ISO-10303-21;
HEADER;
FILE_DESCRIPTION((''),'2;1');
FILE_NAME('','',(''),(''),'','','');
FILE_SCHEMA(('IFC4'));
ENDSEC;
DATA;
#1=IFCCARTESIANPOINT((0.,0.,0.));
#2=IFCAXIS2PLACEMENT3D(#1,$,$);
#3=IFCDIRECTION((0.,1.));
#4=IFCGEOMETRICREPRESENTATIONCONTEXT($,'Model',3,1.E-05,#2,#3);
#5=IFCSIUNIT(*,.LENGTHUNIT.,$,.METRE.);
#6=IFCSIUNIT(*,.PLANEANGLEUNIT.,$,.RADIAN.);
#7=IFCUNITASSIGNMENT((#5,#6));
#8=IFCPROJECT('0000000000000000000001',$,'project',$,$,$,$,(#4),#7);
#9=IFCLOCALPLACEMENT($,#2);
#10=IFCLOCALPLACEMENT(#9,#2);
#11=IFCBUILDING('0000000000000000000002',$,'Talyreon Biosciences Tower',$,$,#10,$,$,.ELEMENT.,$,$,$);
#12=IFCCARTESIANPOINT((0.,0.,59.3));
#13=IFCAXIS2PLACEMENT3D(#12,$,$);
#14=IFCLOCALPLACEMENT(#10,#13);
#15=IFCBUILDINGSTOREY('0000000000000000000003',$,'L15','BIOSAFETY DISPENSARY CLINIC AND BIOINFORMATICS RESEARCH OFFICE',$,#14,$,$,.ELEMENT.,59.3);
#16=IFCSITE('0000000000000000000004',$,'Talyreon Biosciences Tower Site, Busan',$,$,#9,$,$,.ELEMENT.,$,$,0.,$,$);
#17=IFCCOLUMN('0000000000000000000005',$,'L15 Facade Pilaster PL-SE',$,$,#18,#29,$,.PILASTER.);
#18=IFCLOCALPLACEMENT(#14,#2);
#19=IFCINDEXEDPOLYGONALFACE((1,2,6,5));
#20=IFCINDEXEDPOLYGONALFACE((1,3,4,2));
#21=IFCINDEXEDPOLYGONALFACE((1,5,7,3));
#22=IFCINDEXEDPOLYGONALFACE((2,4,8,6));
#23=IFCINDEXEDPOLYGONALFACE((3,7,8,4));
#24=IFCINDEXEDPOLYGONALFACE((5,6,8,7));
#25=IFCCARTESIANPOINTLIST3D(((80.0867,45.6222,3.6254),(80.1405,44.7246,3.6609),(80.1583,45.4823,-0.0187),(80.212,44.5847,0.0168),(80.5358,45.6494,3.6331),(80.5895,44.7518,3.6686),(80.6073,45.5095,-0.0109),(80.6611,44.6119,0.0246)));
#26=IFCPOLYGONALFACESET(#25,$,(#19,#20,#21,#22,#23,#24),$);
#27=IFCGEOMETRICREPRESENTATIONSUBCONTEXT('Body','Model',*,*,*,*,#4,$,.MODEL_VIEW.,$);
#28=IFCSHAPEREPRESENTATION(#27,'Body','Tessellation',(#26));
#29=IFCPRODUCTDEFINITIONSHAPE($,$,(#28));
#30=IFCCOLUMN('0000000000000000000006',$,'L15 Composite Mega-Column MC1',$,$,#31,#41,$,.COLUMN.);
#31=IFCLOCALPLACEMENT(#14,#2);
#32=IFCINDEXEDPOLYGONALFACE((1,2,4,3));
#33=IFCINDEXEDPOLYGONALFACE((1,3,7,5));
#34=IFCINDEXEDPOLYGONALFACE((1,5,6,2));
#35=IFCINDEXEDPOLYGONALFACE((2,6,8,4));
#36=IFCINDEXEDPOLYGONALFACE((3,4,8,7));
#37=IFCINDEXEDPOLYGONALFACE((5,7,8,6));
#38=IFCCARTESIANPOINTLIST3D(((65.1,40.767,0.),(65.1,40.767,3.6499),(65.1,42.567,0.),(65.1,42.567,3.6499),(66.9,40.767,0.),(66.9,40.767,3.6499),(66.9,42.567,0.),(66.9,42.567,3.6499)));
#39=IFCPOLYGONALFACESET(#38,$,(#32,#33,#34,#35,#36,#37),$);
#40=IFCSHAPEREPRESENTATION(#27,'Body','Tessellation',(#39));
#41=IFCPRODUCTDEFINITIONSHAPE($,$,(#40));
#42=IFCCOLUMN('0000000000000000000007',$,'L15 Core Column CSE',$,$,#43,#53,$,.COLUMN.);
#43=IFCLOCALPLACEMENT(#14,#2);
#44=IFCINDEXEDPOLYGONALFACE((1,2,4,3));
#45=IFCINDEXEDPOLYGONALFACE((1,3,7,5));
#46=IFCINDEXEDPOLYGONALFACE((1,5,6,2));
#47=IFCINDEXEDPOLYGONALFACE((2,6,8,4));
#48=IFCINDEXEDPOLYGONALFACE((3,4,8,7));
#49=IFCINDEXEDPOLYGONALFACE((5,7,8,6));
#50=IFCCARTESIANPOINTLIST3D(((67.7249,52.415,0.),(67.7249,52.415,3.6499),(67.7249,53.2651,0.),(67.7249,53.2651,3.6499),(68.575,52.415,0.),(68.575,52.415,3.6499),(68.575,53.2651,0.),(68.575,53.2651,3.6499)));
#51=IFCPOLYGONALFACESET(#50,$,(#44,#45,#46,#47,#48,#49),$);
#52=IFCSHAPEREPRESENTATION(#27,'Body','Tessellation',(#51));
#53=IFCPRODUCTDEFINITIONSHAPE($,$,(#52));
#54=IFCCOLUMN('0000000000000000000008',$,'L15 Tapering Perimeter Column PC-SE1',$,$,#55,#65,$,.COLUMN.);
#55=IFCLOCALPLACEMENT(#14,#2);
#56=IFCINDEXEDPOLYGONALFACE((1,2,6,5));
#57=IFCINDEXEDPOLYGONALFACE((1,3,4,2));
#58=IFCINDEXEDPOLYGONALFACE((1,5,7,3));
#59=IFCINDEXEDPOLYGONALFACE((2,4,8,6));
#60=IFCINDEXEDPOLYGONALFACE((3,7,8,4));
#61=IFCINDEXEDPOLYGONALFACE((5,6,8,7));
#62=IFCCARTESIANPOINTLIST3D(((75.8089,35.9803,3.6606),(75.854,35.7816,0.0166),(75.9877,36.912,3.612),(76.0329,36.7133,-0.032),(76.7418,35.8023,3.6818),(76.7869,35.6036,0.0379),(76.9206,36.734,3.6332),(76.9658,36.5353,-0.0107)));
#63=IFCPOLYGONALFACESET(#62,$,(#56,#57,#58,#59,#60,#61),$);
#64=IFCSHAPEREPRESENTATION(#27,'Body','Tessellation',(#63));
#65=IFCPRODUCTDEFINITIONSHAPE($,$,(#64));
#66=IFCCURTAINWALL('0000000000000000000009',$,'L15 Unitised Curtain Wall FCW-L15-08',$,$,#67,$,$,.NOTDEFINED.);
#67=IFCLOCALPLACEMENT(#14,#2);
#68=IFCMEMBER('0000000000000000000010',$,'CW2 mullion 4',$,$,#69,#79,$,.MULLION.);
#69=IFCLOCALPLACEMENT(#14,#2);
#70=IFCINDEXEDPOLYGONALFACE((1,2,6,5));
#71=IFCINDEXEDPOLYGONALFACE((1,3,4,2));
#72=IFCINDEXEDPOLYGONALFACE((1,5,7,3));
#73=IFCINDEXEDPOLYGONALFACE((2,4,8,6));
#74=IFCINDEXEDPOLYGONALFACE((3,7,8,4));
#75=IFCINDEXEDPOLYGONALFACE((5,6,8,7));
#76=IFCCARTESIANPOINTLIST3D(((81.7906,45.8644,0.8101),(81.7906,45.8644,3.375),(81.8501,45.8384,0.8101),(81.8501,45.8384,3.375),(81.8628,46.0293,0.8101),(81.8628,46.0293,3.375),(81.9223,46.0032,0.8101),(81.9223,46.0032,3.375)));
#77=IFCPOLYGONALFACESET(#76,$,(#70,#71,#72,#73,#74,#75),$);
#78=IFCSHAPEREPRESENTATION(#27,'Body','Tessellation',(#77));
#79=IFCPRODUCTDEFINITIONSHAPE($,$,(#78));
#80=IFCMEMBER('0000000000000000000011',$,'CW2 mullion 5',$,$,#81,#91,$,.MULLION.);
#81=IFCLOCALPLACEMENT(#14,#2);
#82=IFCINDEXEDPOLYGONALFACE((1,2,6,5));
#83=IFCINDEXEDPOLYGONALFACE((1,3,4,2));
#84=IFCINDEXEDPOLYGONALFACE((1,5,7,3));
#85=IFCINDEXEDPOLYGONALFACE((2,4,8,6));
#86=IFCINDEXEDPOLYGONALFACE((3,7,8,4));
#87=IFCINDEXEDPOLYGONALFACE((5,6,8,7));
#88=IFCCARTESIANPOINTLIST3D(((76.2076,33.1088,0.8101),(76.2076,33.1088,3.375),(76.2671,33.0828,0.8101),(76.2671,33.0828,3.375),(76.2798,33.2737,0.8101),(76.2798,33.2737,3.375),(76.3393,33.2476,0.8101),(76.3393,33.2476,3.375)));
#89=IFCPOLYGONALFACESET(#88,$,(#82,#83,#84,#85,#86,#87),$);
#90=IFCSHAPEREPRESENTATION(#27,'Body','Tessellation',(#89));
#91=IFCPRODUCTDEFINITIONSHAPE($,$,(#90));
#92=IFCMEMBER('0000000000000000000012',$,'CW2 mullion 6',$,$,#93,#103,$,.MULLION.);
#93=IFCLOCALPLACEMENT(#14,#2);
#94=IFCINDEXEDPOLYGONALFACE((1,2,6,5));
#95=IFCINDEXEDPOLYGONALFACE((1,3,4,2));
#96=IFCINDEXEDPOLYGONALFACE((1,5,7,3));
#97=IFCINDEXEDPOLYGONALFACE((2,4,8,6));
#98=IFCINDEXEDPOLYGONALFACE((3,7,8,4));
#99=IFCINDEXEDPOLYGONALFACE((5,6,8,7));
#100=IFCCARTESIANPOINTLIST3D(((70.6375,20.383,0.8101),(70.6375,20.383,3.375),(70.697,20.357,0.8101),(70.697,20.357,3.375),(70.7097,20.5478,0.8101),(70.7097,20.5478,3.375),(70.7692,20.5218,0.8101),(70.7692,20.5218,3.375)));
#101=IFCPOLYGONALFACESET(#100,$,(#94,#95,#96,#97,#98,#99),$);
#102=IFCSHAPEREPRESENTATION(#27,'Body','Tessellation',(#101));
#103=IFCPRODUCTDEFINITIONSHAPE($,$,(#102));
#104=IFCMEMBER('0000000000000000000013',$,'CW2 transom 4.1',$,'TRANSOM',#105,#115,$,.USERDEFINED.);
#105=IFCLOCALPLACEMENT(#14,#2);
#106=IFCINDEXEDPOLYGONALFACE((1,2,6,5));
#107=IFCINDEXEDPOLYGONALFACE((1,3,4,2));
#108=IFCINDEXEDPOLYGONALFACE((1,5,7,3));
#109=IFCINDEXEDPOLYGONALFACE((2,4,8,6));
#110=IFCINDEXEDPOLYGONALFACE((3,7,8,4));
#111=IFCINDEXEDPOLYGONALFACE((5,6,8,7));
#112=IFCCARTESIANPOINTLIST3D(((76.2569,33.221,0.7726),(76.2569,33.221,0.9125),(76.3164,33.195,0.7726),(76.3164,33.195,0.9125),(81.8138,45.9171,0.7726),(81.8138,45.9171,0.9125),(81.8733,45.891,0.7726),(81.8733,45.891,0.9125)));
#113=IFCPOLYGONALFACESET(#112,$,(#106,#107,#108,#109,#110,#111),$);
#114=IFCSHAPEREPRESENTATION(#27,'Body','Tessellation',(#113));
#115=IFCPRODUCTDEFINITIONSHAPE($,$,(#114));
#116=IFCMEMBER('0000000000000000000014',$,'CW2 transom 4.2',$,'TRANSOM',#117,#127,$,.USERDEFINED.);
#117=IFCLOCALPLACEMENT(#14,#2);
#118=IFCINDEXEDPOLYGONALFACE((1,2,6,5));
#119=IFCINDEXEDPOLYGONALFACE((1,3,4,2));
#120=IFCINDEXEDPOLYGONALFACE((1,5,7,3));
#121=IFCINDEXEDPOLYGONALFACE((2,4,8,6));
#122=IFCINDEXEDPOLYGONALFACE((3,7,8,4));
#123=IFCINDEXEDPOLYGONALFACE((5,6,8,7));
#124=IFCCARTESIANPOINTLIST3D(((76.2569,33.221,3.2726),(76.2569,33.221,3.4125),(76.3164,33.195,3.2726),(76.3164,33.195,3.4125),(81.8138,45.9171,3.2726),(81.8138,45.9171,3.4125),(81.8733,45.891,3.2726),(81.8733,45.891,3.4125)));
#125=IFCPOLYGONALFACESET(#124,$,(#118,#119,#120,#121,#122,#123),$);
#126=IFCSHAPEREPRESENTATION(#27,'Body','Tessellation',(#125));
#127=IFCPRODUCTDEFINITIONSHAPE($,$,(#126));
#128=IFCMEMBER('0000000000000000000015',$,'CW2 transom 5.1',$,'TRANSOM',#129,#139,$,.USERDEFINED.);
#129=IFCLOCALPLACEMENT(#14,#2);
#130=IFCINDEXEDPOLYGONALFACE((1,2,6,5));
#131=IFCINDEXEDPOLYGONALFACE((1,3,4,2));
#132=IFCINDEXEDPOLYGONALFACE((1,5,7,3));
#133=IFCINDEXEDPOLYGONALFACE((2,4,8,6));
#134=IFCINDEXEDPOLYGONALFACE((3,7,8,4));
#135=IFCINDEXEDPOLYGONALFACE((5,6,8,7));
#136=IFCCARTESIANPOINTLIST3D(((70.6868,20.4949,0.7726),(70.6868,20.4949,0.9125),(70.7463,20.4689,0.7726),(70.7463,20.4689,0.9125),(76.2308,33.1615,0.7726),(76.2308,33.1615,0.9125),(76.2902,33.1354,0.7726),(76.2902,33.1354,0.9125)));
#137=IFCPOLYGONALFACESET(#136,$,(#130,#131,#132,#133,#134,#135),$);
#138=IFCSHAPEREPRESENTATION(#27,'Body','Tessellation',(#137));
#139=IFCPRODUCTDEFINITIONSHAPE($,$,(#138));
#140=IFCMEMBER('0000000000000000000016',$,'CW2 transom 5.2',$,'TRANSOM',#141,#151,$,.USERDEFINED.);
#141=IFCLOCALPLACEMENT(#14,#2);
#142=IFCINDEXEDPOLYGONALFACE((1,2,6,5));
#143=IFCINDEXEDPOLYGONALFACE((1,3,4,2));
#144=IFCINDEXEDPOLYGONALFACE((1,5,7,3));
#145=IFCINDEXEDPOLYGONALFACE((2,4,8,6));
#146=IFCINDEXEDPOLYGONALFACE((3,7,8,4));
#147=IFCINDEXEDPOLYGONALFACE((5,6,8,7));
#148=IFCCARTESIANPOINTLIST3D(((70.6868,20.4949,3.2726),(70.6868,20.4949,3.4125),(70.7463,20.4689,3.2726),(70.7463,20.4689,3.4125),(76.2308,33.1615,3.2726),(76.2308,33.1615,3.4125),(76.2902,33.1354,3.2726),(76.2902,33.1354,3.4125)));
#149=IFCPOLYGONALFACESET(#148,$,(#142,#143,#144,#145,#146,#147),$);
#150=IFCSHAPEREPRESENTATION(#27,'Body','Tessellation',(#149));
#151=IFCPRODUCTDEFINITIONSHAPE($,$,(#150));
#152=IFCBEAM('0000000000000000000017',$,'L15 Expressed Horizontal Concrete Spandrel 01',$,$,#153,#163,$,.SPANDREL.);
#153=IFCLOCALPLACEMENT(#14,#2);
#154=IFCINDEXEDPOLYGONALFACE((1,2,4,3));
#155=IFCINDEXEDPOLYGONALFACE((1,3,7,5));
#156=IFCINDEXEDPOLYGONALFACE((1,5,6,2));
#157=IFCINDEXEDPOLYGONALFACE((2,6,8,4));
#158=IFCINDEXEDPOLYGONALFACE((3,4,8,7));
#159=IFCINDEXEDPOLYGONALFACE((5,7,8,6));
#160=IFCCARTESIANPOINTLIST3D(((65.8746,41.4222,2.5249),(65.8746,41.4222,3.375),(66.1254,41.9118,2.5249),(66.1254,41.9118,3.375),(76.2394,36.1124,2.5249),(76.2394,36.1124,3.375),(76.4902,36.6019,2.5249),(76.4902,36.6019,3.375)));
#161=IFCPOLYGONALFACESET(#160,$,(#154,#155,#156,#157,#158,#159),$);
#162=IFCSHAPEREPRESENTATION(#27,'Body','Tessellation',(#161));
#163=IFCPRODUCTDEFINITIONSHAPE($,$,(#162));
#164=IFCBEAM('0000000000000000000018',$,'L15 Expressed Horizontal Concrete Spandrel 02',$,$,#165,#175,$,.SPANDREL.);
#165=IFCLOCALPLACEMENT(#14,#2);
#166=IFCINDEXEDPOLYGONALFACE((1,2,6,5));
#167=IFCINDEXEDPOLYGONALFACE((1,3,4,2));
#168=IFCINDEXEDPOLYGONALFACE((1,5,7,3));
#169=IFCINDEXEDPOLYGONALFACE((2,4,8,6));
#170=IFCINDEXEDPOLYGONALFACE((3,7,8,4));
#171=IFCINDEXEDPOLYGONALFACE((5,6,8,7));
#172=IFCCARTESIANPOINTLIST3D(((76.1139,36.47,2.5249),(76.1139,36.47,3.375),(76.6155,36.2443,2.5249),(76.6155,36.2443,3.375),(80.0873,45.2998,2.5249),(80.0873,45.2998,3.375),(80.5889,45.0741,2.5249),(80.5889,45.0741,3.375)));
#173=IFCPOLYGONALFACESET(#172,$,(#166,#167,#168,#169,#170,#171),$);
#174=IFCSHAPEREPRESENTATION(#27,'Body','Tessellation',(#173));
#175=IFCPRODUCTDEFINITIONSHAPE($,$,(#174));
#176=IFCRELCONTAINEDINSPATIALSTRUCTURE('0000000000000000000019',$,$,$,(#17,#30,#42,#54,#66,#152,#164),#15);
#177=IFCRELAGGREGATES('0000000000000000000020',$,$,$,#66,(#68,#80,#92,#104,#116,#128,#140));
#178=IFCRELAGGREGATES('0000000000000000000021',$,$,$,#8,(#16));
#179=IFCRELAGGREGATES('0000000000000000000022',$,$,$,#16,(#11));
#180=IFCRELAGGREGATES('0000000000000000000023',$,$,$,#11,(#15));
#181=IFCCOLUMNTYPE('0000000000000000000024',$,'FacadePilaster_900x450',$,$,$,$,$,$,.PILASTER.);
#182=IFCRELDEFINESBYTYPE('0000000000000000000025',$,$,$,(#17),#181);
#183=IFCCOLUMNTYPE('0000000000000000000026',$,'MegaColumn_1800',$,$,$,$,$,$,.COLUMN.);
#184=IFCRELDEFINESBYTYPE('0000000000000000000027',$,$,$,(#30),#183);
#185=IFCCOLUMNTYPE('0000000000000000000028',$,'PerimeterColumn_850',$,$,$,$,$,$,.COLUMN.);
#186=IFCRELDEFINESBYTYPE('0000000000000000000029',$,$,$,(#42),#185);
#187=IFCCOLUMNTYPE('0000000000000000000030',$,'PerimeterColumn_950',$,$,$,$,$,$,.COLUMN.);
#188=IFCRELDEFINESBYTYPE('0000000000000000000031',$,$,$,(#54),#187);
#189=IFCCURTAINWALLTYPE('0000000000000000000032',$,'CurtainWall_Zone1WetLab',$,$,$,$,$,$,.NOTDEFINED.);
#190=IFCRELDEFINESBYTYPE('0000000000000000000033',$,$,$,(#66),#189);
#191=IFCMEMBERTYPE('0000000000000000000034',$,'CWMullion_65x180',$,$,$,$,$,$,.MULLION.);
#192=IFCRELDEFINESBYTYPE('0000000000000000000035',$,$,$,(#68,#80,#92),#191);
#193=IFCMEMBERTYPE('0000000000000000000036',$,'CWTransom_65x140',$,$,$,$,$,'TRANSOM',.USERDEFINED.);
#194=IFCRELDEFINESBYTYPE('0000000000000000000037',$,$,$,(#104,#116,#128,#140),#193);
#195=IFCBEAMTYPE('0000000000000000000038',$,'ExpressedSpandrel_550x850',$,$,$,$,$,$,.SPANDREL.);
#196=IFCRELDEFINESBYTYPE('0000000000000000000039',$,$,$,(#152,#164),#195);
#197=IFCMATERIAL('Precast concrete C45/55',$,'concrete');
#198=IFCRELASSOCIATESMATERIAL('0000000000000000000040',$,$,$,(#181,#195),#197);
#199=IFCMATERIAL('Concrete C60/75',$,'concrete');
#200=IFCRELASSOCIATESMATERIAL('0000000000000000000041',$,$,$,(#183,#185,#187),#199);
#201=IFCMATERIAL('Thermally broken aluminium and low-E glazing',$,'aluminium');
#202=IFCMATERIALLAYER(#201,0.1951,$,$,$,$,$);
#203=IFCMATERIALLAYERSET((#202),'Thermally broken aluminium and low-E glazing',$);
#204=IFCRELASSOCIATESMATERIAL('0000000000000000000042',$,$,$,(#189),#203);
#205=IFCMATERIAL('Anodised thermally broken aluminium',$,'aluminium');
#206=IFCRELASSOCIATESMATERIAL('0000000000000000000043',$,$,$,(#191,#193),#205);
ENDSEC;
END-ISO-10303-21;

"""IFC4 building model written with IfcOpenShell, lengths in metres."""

from ifc_helpers import new_model, si_unit, direction, frame, origin, origin_2d, place, context, subcontext, project, spatial, rectangle, extrude, material, layer, layer_set, material_profile, profile_set, type_object, element, aggregate, save


model = new_model("IFC4")

# Units and contexts
model_context = context("Model", 3, precision=1e-05, world=origin(), true_north=direction((0.0, 1.0)))
body_context = subcontext(model_context, "Body", "Model", "MODEL_VIEW")
ifc_project = project(units=[si_unit("LENGTHUNIT", "METRE"), si_unit("PLANEANGLEUNIT", "RADIAN")], contexts=[model_context])

# Site, building, storey
site_placement = place(None, origin())
site = spatial("IfcSite", under=ifc_project, at=site_placement, Name="Talyreon Biosciences Tower Site, Busan", CompositionType="ELEMENT", RefElevation=0.0)
building_placement = place(site_placement, origin())
building = spatial("IfcBuilding", under=site, at=building_placement, Name="Talyreon Biosciences Tower", CompositionType="ELEMENT")
storey_placement = place(building_placement, frame((0.0, 0.0, 59.3)))
storey = spatial("IfcBuildingStorey", under=building, at=storey_placement, Name="L15", Description="BIOSAFETY DISPENSARY CLINIC AND BIOINFORMATICS RESEARCH OFFICE", CompositionType="ELEMENT", Elevation=59.3)

# Columns
ifc_material_1 = material(Name="Precast concrete C45/55", Category="concrete")
ifc_material_profile_1 = material_profile(ifc_material_1, rectangle(XDim=0.8999, YDim=0.45, at=origin_2d()), Name="RC 900x450")
ifc_profile_set_1 = profile_set([ifc_material_profile_1], Name="Precast concrete C45/55")
column_type_1 = type_object("IfcColumnType", Name="FacadePilaster_900x450", PredefinedType="PILASTER", material=ifc_profile_set_1)
column_1_placement = place(storey_placement, frame((80.4097, 45.0471, 0.0029), z_axis=(-0.019612, 0.038354, 0.999072), x_axis=(0.05968, -0.997437, 0.039463)))
element("IfcColumn", 1, at=column_1_placement, inside=storey, type_object=column_type_1, Name="L15 Facade Pilaster PL-SE", PredefinedType="PILASTER", context=body_context, shape_type="SweptSolid", body=[
    extrude(rectangle(XDim=0.8999, YDim=0.45, at=origin_2d()), origin(), (0.0, 0.0, 1.0), 3.6475),
])
ifc_material_2 = material(Name="Concrete C60/75", Category="concrete")
ifc_material_profile_2 = material_profile(ifc_material_2, rectangle(XDim=1.8, YDim=1.8, at=origin_2d()), Name="RC 1800x1800")
ifc_profile_set_2 = profile_set([ifc_material_profile_2], Name="Concrete C60/75")
column_type_2 = type_object("IfcColumnType", Name="MegaColumn_1800", PredefinedType="COLUMN", material=ifc_profile_set_2)
column_2_placement = place(storey_placement, frame((66.0, 41.667, 0.0), z_axis=(0.0, 0.0, 1.0), x_axis=(1.0, 0.0, 0.0)))
element("IfcColumn", 2, at=column_2_placement, inside=storey, type_object=column_type_2, Name="L15 Composite Mega-Column MC1", PredefinedType="COLUMN", context=body_context, shape_type="SweptSolid", body=[
    extrude(rectangle(XDim=1.8, YDim=1.8, at=origin_2d()), origin(), (0.0, 0.0, 1.0), 3.6499),
])
ifc_material_profile_3 = material_profile(ifc_material_2, rectangle(XDim=0.8501, YDim=0.8501, at=origin_2d()), Name="RC 850x850")
ifc_profile_set_3 = profile_set([ifc_material_profile_3], Name="Concrete C60/75")
column_type_3 = type_object("IfcColumnType", Name="PerimeterColumn_850", PredefinedType="COLUMN", material=ifc_profile_set_3)
column_3_placement = place(storey_placement, frame((68.1499, 52.8401, 0.0), z_axis=(0.0, 0.0, 1.0), x_axis=(1.0, 0.0, 0.0)))
element("IfcColumn", 3, at=column_3_placement, inside=storey, type_object=column_type_3, Name="L15 Core Column CSE", PredefinedType="COLUMN", context=body_context, shape_type="SweptSolid", body=[
    extrude(rectangle(XDim=0.8501, YDim=0.8501, at=origin_2d()), origin(), (0.0, 0.0, 1.0), 3.6499),
])
ifc_material_profile_4 = material_profile(ifc_material_2, rectangle(XDim=0.95, YDim=0.95, at=origin_2d()), Name="RC 950x950")
ifc_profile_set_4 = profile_set([ifc_material_profile_4], Name="Concrete C60/75")
column_type_4 = type_object("IfcColumnType", Name="PerimeterColumn_950", PredefinedType="COLUMN", material=ifc_profile_set_4)
column_4_placement = place(storey_placement, frame((76.4099, 36.1584, 0.0029), z_axis=(-0.012375, 0.054451, 0.99844), x_axis=(-0.188294, -0.98078, 0.051154)))
element("IfcColumn", 4, at=column_4_placement, inside=storey, type_object=column_type_4, Name="L15 Tapering Perimeter Column PC-SE1", PredefinedType="COLUMN", context=body_context, shape_type="SweptSolid", body=[
    extrude(rectangle(XDim=0.95, YDim=0.95, at=origin_2d()), origin(), (0.0, 0.0, 1.0), 3.6497),
])

# Curtain wall, members
ifc_material_3 = material(Name="Thermally broken aluminium and low-E glazing", Category="aluminium")
ifc_layer_1 = layer(ifc_material_3, 0.1951)
ifc_layer_set_1 = layer_set([ifc_layer_1], Name="Thermally broken aluminium and low-E glazing")
curtain_wall_type = type_object("IfcCurtainWallType", Name="CurtainWall_Zone1WetLab", PredefinedType="NOTDEFINED", material=ifc_layer_set_1)
curtain_wall_placement = place(storey_placement, origin())
curtain_wall = element("IfcCurtainWall", 5, at=curtain_wall_placement, inside=storey, type_object=curtain_wall_type, Name="L15 Unitised Curtain Wall FCW-L15-08", PredefinedType="NOTDEFINED")
ifc_material_4 = material(Name="Anodised thermally broken aluminium", Category="aluminium")
ifc_material_profile_5 = material_profile(ifc_material_4, rectangle(XDim=0.0649, YDim=0.1799, at=origin_2d()), Name="ALUM MULLION 65x180")
ifc_profile_set_5 = profile_set([ifc_material_profile_5], Name="Anodised thermally broken aluminium")
member_type_1 = type_object("IfcMemberType", Name="CWMullion_65x180", PredefinedType="MULLION", material=ifc_profile_set_5)
member_1_placement = place(storey_placement, frame((81.8564, 45.9338, 0.8101), z_axis=(0.0, 0.0, 1.0), x_axis=(0.916092, -0.400968, 0.0)))
member_1 = element("IfcMember", 6, at=member_1_placement, type_object=member_type_1, Name="CW2 mullion 4", PredefinedType="MULLION", context=body_context, shape_type="SweptSolid", body=[
    extrude(rectangle(XDim=0.0649, YDim=0.1799, at=origin_2d()), origin(), (0.0, 0.0, 1.0), 2.5649),
])
member_2_placement = place(storey_placement, frame((76.2734, 33.1782, 0.8101), z_axis=(0.0, 0.0, 1.0), x_axis=(0.916092, -0.400968, 0.0)))
member_2 = element("IfcMember", 7, at=member_2_placement, type_object=member_type_1, Name="CW2 mullion 5", PredefinedType="MULLION", context=body_context, shape_type="SweptSolid", body=[
    extrude(rectangle(XDim=0.0649, YDim=0.1799, at=origin_2d()), origin(), (0.0, 0.0, 1.0), 2.5649),
])
member_3_placement = place(storey_placement, frame((70.7034, 20.4524, 0.8101), z_axis=(0.0, 0.0, 1.0), x_axis=(0.916092, -0.400968, 0.0)))
member_3 = element("IfcMember", 8, at=member_3_placement, type_object=member_type_1, Name="CW2 mullion 6", PredefinedType="MULLION", context=body_context, shape_type="SweptSolid", body=[
    extrude(rectangle(XDim=0.0649, YDim=0.1799, at=origin_2d()), origin(), (0.0, 0.0, 1.0), 2.5649),
])
ifc_material_profile_6 = material_profile(ifc_material_4, rectangle(XDim=0.0649, YDim=0.1399, at=origin_2d()), Name="ALUM TRANSOM 65x140")
ifc_profile_set_6 = profile_set([ifc_material_profile_6], Name="Anodised thermally broken aluminium")
member_type_2 = type_object("IfcMemberType", Name="CWTransom_65x140", ElementType="TRANSOM", PredefinedType="USERDEFINED", material=ifc_profile_set_6)
member_4_placement = place(storey_placement, frame((81.8435, 45.9041, 0.8425), z_axis=(-0.400962, -0.916095, 0.0), x_axis=(0.916095, -0.400962, 0.0)))
member_4 = element("IfcMember", 9, at=member_4_placement, type_object=member_type_2, Name="CW2 transom 4.1", ObjectType="TRANSOM", PredefinedType="USERDEFINED", context=body_context, shape_type="SweptSolid", body=[
    extrude(rectangle(XDim=0.0649, YDim=0.1399, at=origin_2d()), origin(), (0.0, 0.0, 1.0), 13.8589),
])
member_5_placement = place(storey_placement, frame((81.8435, 45.9041, 3.3425), z_axis=(-0.400962, -0.916095, 0.0), x_axis=(0.916095, -0.400962, 0.0)))
member_5 = element("IfcMember", 10, at=member_5_placement, type_object=member_type_2, Name="CW2 transom 4.2", ObjectType="TRANSOM", PredefinedType="USERDEFINED", context=body_context, shape_type="SweptSolid", body=[
    extrude(rectangle(XDim=0.0649, YDim=0.1399, at=origin_2d()), origin(), (0.0, 0.0, 1.0), 13.8589),
])
member_6_placement = place(storey_placement, frame((76.2605, 33.1484, 0.8425), z_axis=(-0.400961, -0.916095, 0.0), x_axis=(0.916095, -0.400961, 0.0)))
member_6 = element("IfcMember", 11, at=member_6_placement, type_object=member_type_2, Name="CW2 transom 5.1", ObjectType="TRANSOM", PredefinedType="USERDEFINED", context=body_context, shape_type="SweptSolid", body=[
    extrude(rectangle(XDim=0.0649, YDim=0.1399, at=origin_2d()), origin(), (0.0, 0.0, 1.0), 13.8267),
])
member_7_placement = place(storey_placement, frame((76.2605, 33.1484, 3.3425), z_axis=(-0.400961, -0.916095, 0.0), x_axis=(0.916095, -0.400961, 0.0)))
member_7 = element("IfcMember", 12, at=member_7_placement, type_object=member_type_2, Name="CW2 transom 5.2", ObjectType="TRANSOM", PredefinedType="USERDEFINED", context=body_context, shape_type="SweptSolid", body=[
    extrude(rectangle(XDim=0.0649, YDim=0.1399, at=origin_2d()), origin(), (0.0, 0.0, 1.0), 13.8267),
])

# Beams
ifc_material_profile_7 = material_profile(ifc_material_1, rectangle(XDim=0.55, YDim=0.8501, at=origin_2d()), Name="RCB 550x850")
ifc_profile_set_7 = profile_set([ifc_material_profile_7], Name="Precast concrete C45/55")
beam_type_1 = type_object("IfcBeamType", Name="ExpressedSpandrel_550x850", PredefinedType="SPANDREL", material=ifc_profile_set_7)
beam_1_placement = place(storey_placement, frame((66.0, 41.667, 2.95), z_axis=(0.890007, -0.455947, 0.0), x_axis=(0.455947, 0.890007, 0.0)))
element("IfcBeam", 13, at=beam_1_placement, inside=storey, type_object=beam_type_1, Name="L15 Expressed Horizontal Concrete Spandrel 01", PredefinedType="SPANDREL", context=body_context, shape_type="SweptSolid", body=[
    extrude(rectangle(XDim=0.55, YDim=0.8501, at=origin_2d()), origin(), (0.0, 0.0, 1.0), 11.6458),
])
beam_2_placement = place(storey_placement, frame((76.3647, 36.3572, 2.95), z_axis=(0.410362, 0.911923, 0.0), x_axis=(-0.911923, 0.410362, 0.0)))
element("IfcBeam", 14, at=beam_2_placement, inside=storey, type_object=beam_type_1, Name="L15 Expressed Horizontal Concrete Spandrel 02", PredefinedType="SPANDREL", context=body_context, shape_type="SweptSolid", body=[
    extrude(rectangle(XDim=0.55, YDim=0.8501, at=origin_2d()), origin(), (0.0, 0.0, 1.0), 9.6826),
])

aggregate(curtain_wall, [member_1, member_2, member_3, member_4, member_5, member_6, member_7])

save(model, "model.ifc")
